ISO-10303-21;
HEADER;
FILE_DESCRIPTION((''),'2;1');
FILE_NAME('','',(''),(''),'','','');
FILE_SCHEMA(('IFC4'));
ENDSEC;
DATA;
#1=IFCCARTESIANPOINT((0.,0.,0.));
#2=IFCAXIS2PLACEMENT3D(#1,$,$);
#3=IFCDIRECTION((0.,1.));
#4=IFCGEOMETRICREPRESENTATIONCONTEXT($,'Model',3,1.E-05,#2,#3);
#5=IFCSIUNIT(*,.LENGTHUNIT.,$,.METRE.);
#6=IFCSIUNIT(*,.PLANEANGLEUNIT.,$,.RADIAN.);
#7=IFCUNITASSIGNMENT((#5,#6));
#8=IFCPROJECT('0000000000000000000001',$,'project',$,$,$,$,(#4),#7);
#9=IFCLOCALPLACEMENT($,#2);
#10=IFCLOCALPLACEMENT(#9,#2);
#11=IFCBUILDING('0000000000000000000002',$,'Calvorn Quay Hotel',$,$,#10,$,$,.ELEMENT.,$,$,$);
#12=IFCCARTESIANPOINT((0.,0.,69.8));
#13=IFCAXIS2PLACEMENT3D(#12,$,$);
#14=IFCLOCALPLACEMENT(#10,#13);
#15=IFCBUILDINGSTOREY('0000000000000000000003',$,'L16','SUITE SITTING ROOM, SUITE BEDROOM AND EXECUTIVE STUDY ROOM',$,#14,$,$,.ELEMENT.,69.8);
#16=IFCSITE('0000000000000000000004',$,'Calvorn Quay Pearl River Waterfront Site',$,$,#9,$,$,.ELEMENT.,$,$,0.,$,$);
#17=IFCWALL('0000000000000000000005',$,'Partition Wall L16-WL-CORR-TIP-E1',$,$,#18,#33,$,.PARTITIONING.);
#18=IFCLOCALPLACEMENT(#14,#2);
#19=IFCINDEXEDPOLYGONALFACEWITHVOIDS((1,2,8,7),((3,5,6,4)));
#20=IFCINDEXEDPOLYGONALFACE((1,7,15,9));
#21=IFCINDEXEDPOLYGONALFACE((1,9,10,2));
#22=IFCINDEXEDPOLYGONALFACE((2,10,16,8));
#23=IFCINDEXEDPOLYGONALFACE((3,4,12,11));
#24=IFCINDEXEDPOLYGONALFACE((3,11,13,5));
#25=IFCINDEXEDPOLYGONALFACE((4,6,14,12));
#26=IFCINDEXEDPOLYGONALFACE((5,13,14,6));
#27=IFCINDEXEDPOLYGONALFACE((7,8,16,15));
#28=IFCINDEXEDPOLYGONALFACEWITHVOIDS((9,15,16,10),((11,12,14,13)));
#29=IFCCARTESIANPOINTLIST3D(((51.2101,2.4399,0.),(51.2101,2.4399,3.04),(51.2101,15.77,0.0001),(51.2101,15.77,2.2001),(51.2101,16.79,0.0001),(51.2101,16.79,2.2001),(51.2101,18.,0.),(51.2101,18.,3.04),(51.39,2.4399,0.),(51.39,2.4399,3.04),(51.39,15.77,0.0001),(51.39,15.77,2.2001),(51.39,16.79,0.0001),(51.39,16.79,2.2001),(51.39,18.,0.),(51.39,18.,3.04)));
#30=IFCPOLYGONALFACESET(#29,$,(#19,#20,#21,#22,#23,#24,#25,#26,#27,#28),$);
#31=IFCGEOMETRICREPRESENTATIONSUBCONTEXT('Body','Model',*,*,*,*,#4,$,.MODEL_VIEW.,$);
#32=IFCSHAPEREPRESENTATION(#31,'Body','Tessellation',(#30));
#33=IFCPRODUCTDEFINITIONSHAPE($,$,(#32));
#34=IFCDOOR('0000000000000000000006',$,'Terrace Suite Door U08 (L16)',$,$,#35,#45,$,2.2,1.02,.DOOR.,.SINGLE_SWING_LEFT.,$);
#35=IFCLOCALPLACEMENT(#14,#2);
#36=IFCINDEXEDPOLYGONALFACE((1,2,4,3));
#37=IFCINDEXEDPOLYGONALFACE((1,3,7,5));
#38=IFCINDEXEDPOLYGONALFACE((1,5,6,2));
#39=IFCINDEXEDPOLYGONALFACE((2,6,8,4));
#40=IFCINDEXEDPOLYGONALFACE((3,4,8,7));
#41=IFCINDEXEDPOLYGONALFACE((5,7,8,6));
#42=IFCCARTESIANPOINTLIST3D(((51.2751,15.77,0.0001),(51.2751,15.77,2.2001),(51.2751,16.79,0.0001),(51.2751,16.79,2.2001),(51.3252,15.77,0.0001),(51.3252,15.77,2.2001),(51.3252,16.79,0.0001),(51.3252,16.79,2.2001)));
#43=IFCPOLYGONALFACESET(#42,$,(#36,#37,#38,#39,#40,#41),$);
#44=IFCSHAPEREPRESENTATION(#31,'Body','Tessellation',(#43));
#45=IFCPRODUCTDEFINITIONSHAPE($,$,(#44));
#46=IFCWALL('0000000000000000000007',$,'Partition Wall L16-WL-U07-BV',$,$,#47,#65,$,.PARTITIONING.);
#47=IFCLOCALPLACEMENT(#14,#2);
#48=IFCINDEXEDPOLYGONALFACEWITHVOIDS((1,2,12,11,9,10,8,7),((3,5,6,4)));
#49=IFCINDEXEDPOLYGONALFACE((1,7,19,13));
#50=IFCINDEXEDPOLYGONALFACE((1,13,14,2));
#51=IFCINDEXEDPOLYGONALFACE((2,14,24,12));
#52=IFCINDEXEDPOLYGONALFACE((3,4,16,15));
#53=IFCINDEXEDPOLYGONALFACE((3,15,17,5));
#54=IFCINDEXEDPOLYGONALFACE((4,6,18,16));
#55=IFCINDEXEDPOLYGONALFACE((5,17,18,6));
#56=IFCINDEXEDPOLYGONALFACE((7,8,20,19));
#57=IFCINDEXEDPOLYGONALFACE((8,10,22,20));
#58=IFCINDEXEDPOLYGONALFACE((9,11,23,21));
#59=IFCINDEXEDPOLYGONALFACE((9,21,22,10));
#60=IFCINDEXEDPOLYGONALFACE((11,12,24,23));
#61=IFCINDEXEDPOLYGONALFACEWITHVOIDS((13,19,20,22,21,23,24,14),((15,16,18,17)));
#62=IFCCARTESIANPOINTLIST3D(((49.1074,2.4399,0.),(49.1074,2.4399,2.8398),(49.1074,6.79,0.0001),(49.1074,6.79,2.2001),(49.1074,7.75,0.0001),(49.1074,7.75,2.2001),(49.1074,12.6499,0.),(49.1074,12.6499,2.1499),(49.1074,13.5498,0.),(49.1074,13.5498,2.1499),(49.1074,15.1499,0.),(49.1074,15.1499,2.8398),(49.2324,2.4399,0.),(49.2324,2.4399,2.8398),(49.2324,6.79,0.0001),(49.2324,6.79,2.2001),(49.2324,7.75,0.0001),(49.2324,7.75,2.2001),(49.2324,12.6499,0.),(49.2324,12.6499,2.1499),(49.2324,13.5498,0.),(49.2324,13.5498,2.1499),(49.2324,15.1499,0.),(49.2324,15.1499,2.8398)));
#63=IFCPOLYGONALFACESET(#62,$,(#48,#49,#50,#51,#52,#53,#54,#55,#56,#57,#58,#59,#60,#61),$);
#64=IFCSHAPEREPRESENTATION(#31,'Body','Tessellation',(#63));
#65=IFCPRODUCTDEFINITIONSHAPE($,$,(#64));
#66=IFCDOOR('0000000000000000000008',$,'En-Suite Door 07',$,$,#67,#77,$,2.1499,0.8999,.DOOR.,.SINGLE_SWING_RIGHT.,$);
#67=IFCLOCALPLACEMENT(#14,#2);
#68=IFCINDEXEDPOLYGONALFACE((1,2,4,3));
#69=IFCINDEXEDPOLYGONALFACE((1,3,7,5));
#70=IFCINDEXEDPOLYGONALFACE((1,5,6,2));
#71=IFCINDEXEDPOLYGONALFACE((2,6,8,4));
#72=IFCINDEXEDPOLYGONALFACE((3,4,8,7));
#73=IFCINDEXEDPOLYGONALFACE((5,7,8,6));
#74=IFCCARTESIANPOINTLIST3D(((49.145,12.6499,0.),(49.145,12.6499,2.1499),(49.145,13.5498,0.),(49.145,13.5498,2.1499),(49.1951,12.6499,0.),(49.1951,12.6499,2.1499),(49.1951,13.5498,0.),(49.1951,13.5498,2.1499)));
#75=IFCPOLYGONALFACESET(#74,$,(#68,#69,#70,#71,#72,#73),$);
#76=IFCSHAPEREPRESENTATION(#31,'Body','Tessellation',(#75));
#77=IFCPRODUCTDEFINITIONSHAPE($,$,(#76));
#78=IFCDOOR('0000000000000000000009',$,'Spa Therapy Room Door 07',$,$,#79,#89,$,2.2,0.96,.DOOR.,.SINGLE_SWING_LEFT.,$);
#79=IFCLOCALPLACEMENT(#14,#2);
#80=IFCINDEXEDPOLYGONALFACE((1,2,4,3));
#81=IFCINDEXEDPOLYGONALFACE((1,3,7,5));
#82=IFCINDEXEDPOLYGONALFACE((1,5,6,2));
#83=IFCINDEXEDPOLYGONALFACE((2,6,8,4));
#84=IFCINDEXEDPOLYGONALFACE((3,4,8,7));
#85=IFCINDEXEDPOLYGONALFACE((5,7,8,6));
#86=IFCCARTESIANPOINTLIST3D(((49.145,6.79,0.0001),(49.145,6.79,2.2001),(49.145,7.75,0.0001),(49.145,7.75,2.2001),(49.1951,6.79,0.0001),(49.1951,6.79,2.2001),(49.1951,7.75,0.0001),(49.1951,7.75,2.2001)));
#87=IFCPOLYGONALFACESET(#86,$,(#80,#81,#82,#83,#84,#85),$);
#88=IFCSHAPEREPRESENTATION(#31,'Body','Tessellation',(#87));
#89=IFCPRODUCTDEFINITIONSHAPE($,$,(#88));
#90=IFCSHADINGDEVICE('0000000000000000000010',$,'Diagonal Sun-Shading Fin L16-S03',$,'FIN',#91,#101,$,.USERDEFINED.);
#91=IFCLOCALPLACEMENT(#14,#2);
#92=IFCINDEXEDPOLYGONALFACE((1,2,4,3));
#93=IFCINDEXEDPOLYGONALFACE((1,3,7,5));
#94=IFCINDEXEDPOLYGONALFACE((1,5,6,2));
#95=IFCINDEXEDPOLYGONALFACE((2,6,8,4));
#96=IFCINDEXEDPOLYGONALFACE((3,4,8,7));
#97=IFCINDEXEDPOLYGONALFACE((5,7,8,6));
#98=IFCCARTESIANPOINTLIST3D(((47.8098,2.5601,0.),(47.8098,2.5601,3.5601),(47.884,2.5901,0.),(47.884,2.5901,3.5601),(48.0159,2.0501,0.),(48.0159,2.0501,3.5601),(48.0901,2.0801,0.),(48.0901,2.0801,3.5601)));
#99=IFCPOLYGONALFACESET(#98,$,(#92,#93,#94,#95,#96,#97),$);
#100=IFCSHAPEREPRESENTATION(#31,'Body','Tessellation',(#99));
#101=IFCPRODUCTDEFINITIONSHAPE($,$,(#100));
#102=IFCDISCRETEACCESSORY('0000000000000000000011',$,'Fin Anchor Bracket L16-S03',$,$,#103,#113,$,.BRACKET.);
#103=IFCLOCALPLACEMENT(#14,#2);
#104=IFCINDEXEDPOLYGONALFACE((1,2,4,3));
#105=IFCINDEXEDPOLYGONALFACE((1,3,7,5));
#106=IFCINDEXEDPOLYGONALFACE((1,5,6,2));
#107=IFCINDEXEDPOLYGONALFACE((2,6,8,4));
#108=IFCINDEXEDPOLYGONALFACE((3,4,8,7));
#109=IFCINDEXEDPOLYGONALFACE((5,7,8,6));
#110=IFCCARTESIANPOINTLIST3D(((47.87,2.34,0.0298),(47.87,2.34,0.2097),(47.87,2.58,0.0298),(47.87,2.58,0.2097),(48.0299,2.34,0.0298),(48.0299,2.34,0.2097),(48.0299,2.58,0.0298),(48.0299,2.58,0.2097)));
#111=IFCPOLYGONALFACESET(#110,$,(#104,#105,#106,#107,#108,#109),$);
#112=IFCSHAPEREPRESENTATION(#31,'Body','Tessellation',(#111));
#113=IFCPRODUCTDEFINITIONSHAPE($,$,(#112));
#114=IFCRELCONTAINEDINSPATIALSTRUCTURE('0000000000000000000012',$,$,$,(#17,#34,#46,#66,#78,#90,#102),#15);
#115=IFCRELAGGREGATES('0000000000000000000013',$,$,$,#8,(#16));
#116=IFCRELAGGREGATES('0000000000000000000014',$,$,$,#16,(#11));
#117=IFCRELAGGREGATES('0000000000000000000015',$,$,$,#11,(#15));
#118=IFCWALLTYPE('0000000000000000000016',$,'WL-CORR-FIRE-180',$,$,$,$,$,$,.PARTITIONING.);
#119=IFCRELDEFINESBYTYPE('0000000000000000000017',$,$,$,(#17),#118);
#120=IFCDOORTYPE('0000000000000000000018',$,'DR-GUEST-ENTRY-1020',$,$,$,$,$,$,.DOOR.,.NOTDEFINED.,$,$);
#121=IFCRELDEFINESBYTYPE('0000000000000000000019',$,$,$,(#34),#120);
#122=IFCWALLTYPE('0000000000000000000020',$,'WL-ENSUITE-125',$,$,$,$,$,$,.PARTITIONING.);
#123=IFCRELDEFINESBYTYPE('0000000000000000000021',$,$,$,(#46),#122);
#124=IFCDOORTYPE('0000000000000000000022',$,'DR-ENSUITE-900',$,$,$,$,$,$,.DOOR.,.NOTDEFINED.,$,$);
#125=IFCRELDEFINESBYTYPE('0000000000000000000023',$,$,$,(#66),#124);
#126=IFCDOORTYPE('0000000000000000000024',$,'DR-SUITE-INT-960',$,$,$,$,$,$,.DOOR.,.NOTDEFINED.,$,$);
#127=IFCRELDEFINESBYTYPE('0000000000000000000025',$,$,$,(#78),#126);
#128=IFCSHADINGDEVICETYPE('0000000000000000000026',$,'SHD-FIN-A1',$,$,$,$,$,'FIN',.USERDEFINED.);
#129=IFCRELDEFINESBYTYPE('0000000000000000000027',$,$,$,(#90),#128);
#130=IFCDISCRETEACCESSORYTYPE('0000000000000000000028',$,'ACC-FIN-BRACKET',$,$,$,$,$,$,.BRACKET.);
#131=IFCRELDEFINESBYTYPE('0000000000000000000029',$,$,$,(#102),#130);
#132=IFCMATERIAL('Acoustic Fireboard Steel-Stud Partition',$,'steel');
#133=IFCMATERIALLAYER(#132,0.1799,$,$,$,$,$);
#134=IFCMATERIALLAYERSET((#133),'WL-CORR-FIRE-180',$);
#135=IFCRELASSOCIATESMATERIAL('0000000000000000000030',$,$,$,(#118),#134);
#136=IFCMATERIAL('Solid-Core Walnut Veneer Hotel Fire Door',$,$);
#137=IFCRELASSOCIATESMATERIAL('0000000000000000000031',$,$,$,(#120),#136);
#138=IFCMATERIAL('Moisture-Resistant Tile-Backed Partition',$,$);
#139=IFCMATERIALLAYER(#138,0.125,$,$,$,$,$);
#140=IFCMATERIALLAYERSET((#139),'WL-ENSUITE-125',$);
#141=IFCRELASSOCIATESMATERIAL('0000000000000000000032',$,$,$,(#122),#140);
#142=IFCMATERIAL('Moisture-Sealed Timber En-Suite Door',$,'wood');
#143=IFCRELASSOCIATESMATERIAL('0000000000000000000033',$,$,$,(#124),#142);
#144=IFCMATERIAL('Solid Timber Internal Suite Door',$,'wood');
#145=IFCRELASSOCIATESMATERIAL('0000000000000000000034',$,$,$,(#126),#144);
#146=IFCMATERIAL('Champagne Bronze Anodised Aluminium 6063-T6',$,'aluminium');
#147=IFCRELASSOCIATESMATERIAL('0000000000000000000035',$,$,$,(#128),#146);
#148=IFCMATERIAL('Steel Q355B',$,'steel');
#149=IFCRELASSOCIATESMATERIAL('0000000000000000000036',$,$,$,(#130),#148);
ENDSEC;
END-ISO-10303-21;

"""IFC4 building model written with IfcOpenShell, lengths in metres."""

from ifc_helpers import new_model, si_unit, direction, frame, frame_2d, origin, origin_2d, place, context, subcontext, project, spatial, rectangle, extrude, material, layer, layer_set, type_object, element, fill, save


model = new_model("IFC4")

# Units and contexts
model_context = context("Model", 3, precision=1e-05, world=origin(), true_north=direction((0.0, 1.0)))
body_context = subcontext(model_context, "Body", "Model", "MODEL_VIEW")
ifc_project = project(units=[si_unit("LENGTHUNIT", "METRE"), si_unit("PLANEANGLEUNIT", "RADIAN")], contexts=[model_context])

# Site, building, storey
site_placement = place(None, origin())
site = spatial("IfcSite", under=ifc_project, at=site_placement, Name="Calvorn Quay Pearl River Waterfront Site", CompositionType="ELEMENT", RefElevation=0.0)
building_placement = place(site_placement, origin())
building = spatial("IfcBuilding", under=site, at=building_placement, Name="Calvorn Quay Hotel", CompositionType="ELEMENT")
storey_placement = place(building_placement, frame((0.0, 0.0, 69.8)))
storey = spatial("IfcBuildingStorey", under=building, at=storey_placement, Name="L16", Description="SUITE SITTING ROOM, SUITE BEDROOM AND EXECUTIVE STUDY ROOM", CompositionType="ELEMENT", Elevation=69.8)

# Wall, opening, door
ifc_material_1 = material(Name="Acoustic Fireboard Steel-Stud Partition", Category="steel")
ifc_layer_1 = layer(ifc_material_1, 0.1799)
ifc_layer_set_1 = layer_set([ifc_layer_1], Name="WL-CORR-FIRE-180")
wall_type_1 = type_object("IfcWallType", Name="WL-CORR-FIRE-180", PredefinedType="PARTITIONING", material=ifc_layer_set_1)
wall_1_placement = place(storey_placement, frame((51.3, 2.4399, 0.0), z_axis=(0.0, 0.0, 1.0), x_axis=(0.0, 1.0, 0.0)))
wall_1 = element("IfcWall", 1, at=wall_1_placement, inside=storey, type_object=wall_type_1, Name="Partition Wall L16-WL-CORR-TIP-E1", PredefinedType="PARTITIONING", context=body_context, shape_type="SweptSolid", body=[
    extrude(rectangle(XDim=15.5601, YDim=0.1799, at=frame_2d((7.78, 0.0))), origin(), (0.0, 0.0, 1.0), 3.04),
])
opening_1_placement = place(wall_1_placement, frame((13.3301, 0.0, 0.0)))
opening_1 = element("IfcOpeningElement", 2, at=opening_1_placement, cuts=wall_1, PredefinedType="OPENING", context=body_context, shape_type="SweptSolid", body=[
    extrude(rectangle(XDim=1.02, YDim=2.2, at=frame_2d((0.51, 1.1001))), frame((0.0, 0.0999, 0.0), z_axis=(0.0, -1.0, 0.0), x_axis=(1.0, 0.0, 0.0)), (0.0, 0.0, 1.0), 0.2),
])
ifc_material_2 = material(Name="Solid-Core Walnut Veneer Hotel Fire Door")
door_type_1 = type_object("IfcDoorType", Name="DR-GUEST-ENTRY-1020", OperationType="NOTDEFINED", PredefinedType="DOOR", material=ifc_material_2)
door_1_placement = place(opening_1_placement, origin())
door_1 = element("IfcDoor", 3, at=door_1_placement, inside=storey, type_object=door_type_1, Name="Terrace Suite Door U08 (L16)", OperationType="SINGLE_SWING_LEFT", OverallHeight=2.2, OverallWidth=1.02, PredefinedType="DOOR", context=body_context, shape_type="SweptSolid", body=[
    extrude(rectangle(XDim=1.02, YDim=2.2, at=frame_2d((0.51, 1.1001))), frame((0.0, 0.0249, 0.0), z_axis=(0.0, -1.0, 0.0), x_axis=(1.0, 0.0, 0.0)), (0.0, 0.0, 1.0), 0.05),
])
fill(opening_1, door_1)

# Wall, openings, doors
ifc_material_3 = material(Name="Moisture-Resistant Tile-Backed Partition")
ifc_layer_2 = layer(ifc_material_3, 0.125)
ifc_layer_set_2 = layer_set([ifc_layer_2], Name="WL-ENSUITE-125")
wall_type_2 = type_object("IfcWallType", Name="WL-ENSUITE-125", PredefinedType="PARTITIONING", material=ifc_layer_set_2)
wall_2_placement = place(storey_placement, frame((49.1699, 2.4399, 0.0), z_axis=(0.0, 0.0, 1.0), x_axis=(0.0, 1.0, 0.0)))
wall_2 = element("IfcWall", 4, at=wall_2_placement, inside=storey, type_object=wall_type_2, Name="Partition Wall L16-WL-U07-BV", PredefinedType="PARTITIONING", context=body_context, shape_type="SweptSolid", body=[
    extrude(rectangle(XDim=12.71, YDim=0.125, at=frame_2d((6.355, 0.0))), origin(), (0.0, 0.0, 1.0), 2.8398),
])
opening_2_placement = place(wall_2_placement, frame((4.3501, 0.0, 0.0)))
opening_2 = element("IfcOpeningElement", 5, at=opening_2_placement, cuts=wall_2, PredefinedType="OPENING", context=body_context, shape_type="SweptSolid", body=[
    extrude(rectangle(XDim=0.96, YDim=2.2, at=frame_2d((0.48, 1.1001))), frame((0.0, 0.0725, 0.0), z_axis=(0.0, -1.0, 0.0), x_axis=(1.0, 0.0, 0.0)), (0.0, 0.0, 1.0), 0.145),
])
opening_3_placement = place(wall_2_placement, frame((10.21, 0.0, 0.0)))
opening_3 = element("IfcOpeningElement", 6, at=opening_3_placement, cuts=wall_2, PredefinedType="OPENING", context=body_context, shape_type="SweptSolid", body=[
    extrude(rectangle(XDim=0.8999, YDim=2.1499, at=frame_2d((0.45, 1.075))), frame((0.0, 0.0725, 0.0), z_axis=(0.0, -1.0, 0.0), x_axis=(1.0, 0.0, 0.0)), (0.0, 0.0, 1.0), 0.145),
])
ifc_material_4 = material(Name="Moisture-Sealed Timber En-Suite Door", Category="wood")
door_type_2 = type_object("IfcDoorType", Name="DR-ENSUITE-900", OperationType="NOTDEFINED", PredefinedType="DOOR", material=ifc_material_4)
door_2_placement = place(opening_3_placement, origin())
door_2 = element("IfcDoor", 7, at=door_2_placement, inside=storey, type_object=door_type_2, Name="En-Suite Door 07", OperationType="SINGLE_SWING_RIGHT", OverallHeight=2.1499, OverallWidth=0.8999, PredefinedType="DOOR", context=body_context, shape_type="SweptSolid", body=[
    extrude(rectangle(XDim=0.8999, YDim=2.1499, at=frame_2d((0.45, 1.075))), frame((0.0, 0.0249, 0.0), z_axis=(0.0, -1.0, 0.0), x_axis=(1.0, 0.0, 0.0)), (0.0, 0.0, 1.0), 0.05),
])
fill(opening_3, door_2)
ifc_material_5 = material(Name="Solid Timber Internal Suite Door", Category="wood")
door_type_3 = type_object("IfcDoorType", Name="DR-SUITE-INT-960", OperationType="NOTDEFINED", PredefinedType="DOOR", material=ifc_material_5)
door_3_placement = place(opening_2_placement, origin())
door_3 = element("IfcDoor", 8, at=door_3_placement, inside=storey, type_object=door_type_3, Name="Spa Therapy Room Door 07", OperationType="SINGLE_SWING_LEFT", OverallHeight=2.2, OverallWidth=0.96, PredefinedType="DOOR", context=body_context, shape_type="SweptSolid", body=[
    extrude(rectangle(XDim=0.96, YDim=2.2, at=frame_2d((0.48, 1.1001))), frame((0.0, 0.0249, 0.0), z_axis=(0.0, -1.0, 0.0), x_axis=(1.0, 0.0, 0.0)), (0.0, 0.0, 1.0), 0.05),
])
fill(opening_2, door_3)

# Shading device
ifc_material_6 = material(Name="Champagne Bronze Anodised Aluminium 6063-T6", Category="aluminium")
shading_device_type = type_object("IfcShadingDeviceType", Name="SHD-FIN-A1", ElementType="FIN", PredefinedType="USERDEFINED", material=ifc_material_6)
shading_device_placement = place(storey_placement, frame((47.95, 2.3201, 0.0), z_axis=(0.0, 0.0, 1.0), x_axis=(-0.374607, 0.927184, 0.0)))
element("IfcShadingDevice", 9, at=shading_device_placement, inside=storey, type_object=shading_device_type, Name="Diagonal Sun-Shading Fin L16-S03", ObjectType="FIN", PredefinedType="USERDEFINED", context=body_context, shape_type="SweptSolid", body=[
    extrude(rectangle(XDim=0.55, YDim=0.0801, at=origin_2d()), origin(), (0.0, 0.0, 1.0), 3.5601),
])

# Discrete accessory
ifc_material_7 = material(Name="Steel Q355B", Category="steel")
discrete_accessory_type = type_object("IfcDiscreteAccessoryType", Name="ACC-FIN-BRACKET", PredefinedType="BRACKET", material=ifc_material_7)
discrete_accessory_placement = place(storey_placement, frame((47.95, 2.46, 0.0298), z_axis=(0.0, 0.0, 1.0), x_axis=(0.0, 1.0, 0.0)))
element("IfcDiscreteAccessory", 10, at=discrete_accessory_placement, inside=storey, type_object=discrete_accessory_type, Name="Fin Anchor Bracket L16-S03", PredefinedType="BRACKET", context=body_context, shape_type="SweptSolid", body=[
    extrude(rectangle(XDim=0.24, YDim=0.1599, at=origin_2d()), origin(), (0.0, 0.0, 1.0), 0.1799),
])

save(model, "model.ifc")
